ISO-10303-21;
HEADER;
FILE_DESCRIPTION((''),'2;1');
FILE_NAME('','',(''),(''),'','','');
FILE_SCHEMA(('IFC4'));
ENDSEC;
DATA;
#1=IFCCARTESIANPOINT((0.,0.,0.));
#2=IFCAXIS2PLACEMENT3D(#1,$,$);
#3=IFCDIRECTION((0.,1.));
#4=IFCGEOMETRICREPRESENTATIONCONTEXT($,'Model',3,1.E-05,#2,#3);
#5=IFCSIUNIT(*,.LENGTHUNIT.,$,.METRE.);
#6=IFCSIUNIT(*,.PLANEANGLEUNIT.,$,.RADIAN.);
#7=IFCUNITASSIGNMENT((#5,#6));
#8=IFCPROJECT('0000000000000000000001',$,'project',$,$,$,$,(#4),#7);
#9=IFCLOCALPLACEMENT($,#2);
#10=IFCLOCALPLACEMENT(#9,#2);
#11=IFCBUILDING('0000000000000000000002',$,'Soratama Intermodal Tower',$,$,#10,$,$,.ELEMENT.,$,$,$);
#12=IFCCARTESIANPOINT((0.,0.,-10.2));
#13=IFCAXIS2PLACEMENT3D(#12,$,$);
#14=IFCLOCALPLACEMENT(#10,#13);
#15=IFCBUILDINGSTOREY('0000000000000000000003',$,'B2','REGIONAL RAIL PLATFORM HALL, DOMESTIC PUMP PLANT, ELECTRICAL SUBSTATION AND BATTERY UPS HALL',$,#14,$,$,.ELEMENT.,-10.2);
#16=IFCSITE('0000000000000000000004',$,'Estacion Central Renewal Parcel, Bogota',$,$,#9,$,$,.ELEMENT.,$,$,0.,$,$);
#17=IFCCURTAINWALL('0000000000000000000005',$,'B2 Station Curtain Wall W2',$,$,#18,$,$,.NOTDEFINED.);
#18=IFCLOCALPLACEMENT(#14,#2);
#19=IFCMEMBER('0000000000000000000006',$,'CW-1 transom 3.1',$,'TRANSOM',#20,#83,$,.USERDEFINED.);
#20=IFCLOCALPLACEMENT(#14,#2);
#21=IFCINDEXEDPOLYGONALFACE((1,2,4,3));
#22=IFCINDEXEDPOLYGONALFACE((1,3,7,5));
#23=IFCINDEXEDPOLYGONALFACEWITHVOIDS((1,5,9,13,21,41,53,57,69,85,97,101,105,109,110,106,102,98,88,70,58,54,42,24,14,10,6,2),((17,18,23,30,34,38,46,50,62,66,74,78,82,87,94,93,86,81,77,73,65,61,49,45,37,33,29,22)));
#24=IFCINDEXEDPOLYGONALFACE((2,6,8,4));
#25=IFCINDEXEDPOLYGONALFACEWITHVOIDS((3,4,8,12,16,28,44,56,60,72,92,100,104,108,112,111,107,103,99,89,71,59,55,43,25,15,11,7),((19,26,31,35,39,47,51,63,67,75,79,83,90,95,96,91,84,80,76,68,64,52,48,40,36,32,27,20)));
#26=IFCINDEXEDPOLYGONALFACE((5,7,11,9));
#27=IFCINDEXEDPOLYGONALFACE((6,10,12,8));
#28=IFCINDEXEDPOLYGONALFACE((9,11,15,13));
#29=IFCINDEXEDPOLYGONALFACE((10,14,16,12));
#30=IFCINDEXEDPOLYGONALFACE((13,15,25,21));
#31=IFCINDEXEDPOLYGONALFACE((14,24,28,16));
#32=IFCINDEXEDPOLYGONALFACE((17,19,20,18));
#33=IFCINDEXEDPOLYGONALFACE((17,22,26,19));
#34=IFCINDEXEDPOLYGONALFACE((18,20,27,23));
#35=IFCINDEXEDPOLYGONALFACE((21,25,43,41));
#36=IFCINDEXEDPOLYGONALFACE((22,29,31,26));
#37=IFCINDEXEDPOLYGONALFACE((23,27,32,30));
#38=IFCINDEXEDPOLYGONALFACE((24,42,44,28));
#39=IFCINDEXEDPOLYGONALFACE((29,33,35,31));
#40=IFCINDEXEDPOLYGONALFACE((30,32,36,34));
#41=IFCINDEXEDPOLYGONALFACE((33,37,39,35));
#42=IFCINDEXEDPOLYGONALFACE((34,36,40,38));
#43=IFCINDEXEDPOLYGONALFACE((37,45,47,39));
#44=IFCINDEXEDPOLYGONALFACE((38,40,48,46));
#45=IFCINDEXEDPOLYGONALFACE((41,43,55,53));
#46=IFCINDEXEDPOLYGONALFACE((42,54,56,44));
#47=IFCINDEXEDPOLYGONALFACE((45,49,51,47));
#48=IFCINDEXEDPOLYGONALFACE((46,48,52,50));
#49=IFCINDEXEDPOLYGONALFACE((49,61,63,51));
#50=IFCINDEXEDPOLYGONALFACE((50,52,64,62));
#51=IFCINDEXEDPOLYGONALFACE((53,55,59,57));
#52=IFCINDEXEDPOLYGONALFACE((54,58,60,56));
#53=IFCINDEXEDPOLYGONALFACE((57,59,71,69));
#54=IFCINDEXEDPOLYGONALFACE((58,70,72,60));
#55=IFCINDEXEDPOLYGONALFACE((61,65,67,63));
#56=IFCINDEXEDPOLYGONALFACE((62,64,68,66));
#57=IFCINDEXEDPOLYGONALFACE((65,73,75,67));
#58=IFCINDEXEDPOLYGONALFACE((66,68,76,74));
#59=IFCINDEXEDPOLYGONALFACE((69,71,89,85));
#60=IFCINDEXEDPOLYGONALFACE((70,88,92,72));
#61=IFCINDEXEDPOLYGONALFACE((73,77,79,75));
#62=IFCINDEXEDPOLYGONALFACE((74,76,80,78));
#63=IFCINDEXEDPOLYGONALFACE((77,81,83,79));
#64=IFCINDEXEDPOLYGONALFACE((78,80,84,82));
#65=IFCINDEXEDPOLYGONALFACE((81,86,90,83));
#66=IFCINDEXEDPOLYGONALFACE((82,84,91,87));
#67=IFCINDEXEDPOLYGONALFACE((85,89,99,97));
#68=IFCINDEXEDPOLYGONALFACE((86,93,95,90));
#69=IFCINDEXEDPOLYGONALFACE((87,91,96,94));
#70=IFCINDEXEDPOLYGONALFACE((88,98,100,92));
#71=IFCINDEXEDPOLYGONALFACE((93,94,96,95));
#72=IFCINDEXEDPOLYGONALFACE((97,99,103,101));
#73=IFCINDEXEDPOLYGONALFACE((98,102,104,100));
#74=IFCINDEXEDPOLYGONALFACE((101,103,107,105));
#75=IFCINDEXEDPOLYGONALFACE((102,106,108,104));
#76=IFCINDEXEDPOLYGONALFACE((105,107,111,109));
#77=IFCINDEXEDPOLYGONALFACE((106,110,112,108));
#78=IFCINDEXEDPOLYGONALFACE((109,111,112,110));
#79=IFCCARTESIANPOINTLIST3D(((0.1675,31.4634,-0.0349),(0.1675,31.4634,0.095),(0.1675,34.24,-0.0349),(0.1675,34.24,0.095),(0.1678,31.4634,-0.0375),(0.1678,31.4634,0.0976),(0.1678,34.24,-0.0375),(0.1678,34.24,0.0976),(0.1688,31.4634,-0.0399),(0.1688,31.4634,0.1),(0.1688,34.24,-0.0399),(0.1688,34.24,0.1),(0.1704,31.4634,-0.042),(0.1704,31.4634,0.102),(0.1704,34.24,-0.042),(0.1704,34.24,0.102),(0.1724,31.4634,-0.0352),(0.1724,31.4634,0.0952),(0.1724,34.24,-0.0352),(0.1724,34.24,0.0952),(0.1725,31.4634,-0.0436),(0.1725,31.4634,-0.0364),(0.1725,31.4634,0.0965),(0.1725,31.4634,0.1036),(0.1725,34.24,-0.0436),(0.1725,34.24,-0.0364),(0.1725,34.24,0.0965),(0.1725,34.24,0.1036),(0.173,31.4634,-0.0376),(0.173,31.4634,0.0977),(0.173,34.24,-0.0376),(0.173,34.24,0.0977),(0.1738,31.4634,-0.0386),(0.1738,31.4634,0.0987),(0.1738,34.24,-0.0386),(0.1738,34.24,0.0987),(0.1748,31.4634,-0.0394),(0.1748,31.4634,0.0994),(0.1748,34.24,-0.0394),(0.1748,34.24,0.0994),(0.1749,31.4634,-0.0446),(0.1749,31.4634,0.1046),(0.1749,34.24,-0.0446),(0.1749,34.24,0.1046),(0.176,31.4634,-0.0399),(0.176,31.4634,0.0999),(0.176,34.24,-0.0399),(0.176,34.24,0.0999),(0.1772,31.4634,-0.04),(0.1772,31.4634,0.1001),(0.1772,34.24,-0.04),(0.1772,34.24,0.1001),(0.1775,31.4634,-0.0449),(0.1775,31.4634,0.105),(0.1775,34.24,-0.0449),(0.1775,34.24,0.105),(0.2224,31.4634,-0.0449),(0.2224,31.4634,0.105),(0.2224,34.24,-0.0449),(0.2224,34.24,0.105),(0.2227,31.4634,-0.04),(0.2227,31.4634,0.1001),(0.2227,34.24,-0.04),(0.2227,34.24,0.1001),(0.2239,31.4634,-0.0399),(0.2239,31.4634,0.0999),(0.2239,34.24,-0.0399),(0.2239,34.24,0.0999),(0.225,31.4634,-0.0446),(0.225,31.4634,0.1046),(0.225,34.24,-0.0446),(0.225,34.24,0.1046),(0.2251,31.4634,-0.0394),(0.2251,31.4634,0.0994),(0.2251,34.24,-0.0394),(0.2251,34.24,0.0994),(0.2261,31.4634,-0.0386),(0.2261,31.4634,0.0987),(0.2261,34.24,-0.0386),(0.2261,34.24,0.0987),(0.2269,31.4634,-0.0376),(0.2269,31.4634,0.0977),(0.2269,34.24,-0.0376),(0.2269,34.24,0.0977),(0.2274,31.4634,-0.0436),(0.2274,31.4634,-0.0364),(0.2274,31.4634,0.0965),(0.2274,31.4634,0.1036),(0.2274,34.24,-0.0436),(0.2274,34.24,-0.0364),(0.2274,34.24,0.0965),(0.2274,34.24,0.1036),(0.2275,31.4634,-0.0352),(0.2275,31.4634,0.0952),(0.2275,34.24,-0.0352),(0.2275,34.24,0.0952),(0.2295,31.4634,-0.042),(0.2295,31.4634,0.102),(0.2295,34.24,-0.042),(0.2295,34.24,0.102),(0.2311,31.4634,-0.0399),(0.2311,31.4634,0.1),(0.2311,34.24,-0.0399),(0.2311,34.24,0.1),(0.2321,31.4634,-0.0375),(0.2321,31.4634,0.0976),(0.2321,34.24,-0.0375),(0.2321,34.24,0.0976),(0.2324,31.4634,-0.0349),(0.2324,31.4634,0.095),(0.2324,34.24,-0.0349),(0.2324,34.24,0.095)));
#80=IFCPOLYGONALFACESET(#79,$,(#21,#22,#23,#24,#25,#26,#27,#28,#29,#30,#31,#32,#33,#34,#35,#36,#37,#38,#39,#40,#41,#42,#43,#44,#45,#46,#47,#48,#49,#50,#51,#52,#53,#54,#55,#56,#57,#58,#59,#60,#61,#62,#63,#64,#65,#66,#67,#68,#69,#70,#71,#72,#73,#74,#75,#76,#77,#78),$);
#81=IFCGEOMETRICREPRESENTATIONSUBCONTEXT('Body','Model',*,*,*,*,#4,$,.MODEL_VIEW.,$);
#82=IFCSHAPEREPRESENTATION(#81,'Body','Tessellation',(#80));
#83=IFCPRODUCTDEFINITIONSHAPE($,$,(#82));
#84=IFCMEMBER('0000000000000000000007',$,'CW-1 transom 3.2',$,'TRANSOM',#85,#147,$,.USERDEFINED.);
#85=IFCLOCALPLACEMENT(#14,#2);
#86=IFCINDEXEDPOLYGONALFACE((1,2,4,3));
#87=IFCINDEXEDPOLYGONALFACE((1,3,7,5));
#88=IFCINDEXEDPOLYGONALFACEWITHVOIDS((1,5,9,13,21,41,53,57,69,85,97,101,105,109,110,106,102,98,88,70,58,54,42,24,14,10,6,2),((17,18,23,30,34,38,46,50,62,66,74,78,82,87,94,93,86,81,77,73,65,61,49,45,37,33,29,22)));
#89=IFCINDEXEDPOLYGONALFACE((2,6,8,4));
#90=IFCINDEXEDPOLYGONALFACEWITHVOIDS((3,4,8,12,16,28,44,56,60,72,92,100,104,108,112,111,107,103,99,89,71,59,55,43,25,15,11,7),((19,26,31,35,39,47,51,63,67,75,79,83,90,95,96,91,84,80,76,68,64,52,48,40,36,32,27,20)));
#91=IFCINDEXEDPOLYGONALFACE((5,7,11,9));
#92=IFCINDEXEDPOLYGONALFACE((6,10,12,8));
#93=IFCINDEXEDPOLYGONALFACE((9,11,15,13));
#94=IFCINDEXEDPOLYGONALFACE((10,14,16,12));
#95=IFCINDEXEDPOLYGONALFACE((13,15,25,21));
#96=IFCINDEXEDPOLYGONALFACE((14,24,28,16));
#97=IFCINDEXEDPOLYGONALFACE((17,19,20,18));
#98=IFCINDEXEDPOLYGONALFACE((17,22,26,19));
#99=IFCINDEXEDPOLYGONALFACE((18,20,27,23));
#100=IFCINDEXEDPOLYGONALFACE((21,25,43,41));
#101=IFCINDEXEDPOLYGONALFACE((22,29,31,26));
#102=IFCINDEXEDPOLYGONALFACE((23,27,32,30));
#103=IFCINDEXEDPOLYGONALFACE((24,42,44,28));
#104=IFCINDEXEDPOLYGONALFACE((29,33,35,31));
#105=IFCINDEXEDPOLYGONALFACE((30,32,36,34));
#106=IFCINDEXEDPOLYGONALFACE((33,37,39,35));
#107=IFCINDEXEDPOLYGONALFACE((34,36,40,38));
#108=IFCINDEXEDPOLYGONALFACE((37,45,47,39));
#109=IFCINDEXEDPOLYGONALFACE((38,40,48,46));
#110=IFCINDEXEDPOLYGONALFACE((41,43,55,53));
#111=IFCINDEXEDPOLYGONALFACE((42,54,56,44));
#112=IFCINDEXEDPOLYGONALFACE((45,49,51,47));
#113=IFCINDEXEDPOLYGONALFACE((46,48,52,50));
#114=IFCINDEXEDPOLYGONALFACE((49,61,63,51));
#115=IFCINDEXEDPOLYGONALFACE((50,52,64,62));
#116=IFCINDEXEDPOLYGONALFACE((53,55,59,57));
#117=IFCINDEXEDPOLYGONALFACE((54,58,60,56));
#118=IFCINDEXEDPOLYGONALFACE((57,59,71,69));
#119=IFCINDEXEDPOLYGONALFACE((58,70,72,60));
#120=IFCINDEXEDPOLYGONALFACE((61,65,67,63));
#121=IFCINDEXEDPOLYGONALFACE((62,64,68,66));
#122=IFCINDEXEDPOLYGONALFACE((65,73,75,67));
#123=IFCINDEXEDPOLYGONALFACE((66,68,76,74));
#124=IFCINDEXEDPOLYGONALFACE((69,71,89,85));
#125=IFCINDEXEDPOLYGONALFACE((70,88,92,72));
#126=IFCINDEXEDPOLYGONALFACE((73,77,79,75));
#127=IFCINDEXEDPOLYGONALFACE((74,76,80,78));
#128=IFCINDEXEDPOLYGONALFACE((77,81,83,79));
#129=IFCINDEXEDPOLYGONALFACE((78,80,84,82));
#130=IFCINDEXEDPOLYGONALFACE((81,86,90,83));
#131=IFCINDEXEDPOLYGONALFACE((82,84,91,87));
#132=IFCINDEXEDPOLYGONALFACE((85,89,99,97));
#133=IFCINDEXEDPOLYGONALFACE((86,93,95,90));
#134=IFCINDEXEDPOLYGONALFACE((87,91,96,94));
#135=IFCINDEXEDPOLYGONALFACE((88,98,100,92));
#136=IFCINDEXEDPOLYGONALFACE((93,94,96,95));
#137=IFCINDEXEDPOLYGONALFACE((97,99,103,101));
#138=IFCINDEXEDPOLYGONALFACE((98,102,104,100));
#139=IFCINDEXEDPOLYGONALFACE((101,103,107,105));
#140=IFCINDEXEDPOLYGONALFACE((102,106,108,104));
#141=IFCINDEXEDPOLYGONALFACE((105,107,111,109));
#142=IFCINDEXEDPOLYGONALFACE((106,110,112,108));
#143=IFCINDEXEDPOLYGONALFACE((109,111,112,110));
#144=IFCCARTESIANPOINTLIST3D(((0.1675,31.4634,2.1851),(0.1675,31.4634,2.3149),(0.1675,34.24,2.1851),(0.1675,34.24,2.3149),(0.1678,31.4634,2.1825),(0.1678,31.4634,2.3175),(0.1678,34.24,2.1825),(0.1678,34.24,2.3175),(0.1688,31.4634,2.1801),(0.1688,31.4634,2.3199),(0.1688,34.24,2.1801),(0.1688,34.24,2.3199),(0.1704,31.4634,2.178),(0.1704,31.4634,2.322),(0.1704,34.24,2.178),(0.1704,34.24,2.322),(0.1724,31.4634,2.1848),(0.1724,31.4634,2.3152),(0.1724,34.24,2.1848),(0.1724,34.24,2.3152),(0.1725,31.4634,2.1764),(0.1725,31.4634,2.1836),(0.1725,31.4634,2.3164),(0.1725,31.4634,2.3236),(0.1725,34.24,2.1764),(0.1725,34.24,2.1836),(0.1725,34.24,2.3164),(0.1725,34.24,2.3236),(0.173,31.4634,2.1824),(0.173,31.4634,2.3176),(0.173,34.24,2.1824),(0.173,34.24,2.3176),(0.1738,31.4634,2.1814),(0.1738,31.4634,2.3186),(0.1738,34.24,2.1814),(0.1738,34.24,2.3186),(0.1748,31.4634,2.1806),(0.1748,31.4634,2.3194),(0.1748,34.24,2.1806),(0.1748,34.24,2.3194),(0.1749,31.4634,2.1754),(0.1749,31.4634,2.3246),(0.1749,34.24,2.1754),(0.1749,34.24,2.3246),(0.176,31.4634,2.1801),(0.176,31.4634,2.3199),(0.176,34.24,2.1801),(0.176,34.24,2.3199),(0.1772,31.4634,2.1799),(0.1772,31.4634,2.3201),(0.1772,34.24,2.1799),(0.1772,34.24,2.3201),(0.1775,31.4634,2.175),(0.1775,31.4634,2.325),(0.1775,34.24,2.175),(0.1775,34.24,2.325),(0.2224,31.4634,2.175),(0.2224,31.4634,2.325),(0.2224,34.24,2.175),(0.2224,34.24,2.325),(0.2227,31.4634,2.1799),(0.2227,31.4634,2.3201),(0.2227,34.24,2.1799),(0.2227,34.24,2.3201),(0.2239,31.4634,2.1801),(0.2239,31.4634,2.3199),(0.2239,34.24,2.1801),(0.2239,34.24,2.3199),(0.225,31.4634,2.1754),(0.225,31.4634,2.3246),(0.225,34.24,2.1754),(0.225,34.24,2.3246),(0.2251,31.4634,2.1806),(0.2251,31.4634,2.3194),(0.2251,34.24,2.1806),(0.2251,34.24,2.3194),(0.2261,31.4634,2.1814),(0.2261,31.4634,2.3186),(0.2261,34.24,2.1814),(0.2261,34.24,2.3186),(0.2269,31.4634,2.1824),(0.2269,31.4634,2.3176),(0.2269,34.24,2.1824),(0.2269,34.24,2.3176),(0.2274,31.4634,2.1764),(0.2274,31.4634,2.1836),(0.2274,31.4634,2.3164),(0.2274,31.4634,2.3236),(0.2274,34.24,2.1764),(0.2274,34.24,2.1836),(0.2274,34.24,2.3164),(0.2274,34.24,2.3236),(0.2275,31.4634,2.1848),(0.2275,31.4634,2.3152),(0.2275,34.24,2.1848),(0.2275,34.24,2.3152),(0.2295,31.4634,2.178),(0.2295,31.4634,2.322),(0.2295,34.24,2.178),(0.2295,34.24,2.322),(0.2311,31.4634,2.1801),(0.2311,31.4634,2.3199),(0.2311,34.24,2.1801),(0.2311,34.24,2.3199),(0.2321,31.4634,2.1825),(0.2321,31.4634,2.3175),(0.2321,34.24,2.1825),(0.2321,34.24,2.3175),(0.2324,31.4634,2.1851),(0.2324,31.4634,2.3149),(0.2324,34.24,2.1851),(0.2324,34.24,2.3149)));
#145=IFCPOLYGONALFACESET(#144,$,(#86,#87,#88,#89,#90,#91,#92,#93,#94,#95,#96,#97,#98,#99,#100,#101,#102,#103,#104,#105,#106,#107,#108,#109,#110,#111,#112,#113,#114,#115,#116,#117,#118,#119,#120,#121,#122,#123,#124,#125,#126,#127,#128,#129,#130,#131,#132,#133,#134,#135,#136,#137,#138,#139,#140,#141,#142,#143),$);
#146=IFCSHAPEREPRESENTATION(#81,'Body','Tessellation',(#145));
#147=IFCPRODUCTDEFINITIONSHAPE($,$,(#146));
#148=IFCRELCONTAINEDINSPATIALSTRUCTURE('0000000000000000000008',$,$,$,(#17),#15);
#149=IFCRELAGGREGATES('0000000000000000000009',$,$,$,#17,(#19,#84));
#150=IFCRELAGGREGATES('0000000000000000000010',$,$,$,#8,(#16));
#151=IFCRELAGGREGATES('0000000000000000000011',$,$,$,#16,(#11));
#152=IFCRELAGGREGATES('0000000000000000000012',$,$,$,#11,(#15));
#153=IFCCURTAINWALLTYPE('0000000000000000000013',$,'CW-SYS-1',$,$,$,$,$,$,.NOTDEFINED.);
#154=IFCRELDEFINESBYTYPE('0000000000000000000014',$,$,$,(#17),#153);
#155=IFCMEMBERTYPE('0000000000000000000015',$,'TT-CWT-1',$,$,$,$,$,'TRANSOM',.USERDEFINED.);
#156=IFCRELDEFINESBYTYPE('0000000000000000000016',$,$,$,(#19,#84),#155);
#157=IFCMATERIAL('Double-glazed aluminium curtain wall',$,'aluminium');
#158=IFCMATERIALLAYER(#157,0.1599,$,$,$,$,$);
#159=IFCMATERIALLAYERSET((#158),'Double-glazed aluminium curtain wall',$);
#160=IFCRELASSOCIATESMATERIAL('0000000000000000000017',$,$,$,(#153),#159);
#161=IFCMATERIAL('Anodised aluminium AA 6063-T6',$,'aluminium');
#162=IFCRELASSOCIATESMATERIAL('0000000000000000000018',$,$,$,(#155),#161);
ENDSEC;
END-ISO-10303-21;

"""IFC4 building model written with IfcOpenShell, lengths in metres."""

from ifc_helpers import new_model, si_unit, direction, frame, origin, origin_2d, place, context, subcontext, project, spatial, hollow_rectangle, extrude, material, layer, layer_set, material_profile, profile_set, type_object, element, aggregate, save


model = new_model("IFC4")

# Units and contexts
model_context = context("Model", 3, precision=1e-05, world=origin(), true_north=direction((0.0, 1.0)))
body_context = subcontext(model_context, "Body", "Model", "MODEL_VIEW")
ifc_project = project(units=[si_unit("LENGTHUNIT", "METRE"), si_unit("PLANEANGLEUNIT", "RADIAN")], contexts=[model_context])

# Site, building, storey
site_placement = place(None, origin())
site = spatial("IfcSite", under=ifc_project, at=site_placement, Name="Estacion Central Renewal Parcel, Bogota", CompositionType="ELEMENT", RefElevation=0.0)
building_placement = place(site_placement, origin())
building = spatial("IfcBuilding", under=site, at=building_placement, Name="Soratama Intermodal Tower", CompositionType="ELEMENT")
storey_placement = place(building_placement, frame((0.0, 0.0, -10.2)))
storey = spatial("IfcBuildingStorey", under=building, at=storey_placement, Name="B2", Description="REGIONAL RAIL PLATFORM HALL, DOMESTIC PUMP PLANT, ELECTRICAL SUBSTATION AND BATTERY UPS HALL", CompositionType="ELEMENT", Elevation=-10.2)

# Curtain wall, members
ifc_material_1 = material(Name="Double-glazed aluminium curtain wall", Category="aluminium")
ifc_layer_1 = layer(ifc_material_1, 0.1599)
ifc_layer_set_1 = layer_set([ifc_layer_1], Name="Double-glazed aluminium curtain wall")
curtain_wall_type = type_object("IfcCurtainWallType", Name="CW-SYS-1", PredefinedType="NOTDEFINED", material=ifc_layer_set_1)
curtain_wall_placement = place(storey_placement, origin())
curtain_wall = element("IfcCurtainWall", 1, at=curtain_wall_placement, inside=storey, type_object=curtain_wall_type, Name="B2 Station Curtain Wall W2", PredefinedType="NOTDEFINED")
ifc_material_2 = material(Name="Anodised aluminium AA 6063-T6", Category="aluminium")
ifc_material_profile_1 = material_profile(ifc_material_2, hollow_rectangle(XDim=0.0649, YDim=0.1499, WallThickness=0.0049, InnerFilletRadius=0.0049, OuterFilletRadius=0.01, at=origin_2d()), Name="CWT150X65X5")
ifc_profile_set_1 = profile_set([ifc_material_profile_1], Name="Anodised aluminium AA 6063-T6")
member_type_1 = type_object("IfcMemberType", Name="TT-CWT-1", ElementType="TRANSOM", PredefinedType="USERDEFINED", material=ifc_profile_set_1)
member_1_placement = place(storey_placement, frame((0.2, 31.4634, 0.03), z_axis=(0.0, 1.0, 0.0), x_axis=(-1.0, 0.0, 0.0)))
member_1 = element("IfcMember", 2, at=member_1_placement, type_object=member_type_1, Name="CW-1 transom 3.1", ObjectType="TRANSOM", PredefinedType="USERDEFINED", context=body_context, shape_type="SweptSolid", body=[
    extrude(hollow_rectangle(XDim=0.0649, YDim=0.1499, WallThickness=0.0049, InnerFilletRadius=0.0049, OuterFilletRadius=0.01, at=origin_2d()), origin(), (0.0, 0.0, 1.0), 2.7766),
])
member_2_placement = place(storey_placement, frame((0.2, 31.4634, 2.25), z_axis=(0.0, 1.0, 0.0), x_axis=(-1.0, 0.0, 0.0)))
member_2 = element("IfcMember", 3, at=member_2_placement, type_object=member_type_1, Name="CW-1 transom 3.2", ObjectType="TRANSOM", PredefinedType="USERDEFINED", context=body_context, shape_type="SweptSolid", body=[
    extrude(hollow_rectangle(XDim=0.0649, YDim=0.1499, WallThickness=0.0049, InnerFilletRadius=0.0049, OuterFilletRadius=0.01, at=origin_2d()), origin(), (0.0, 0.0, 1.0), 2.7766),
])
aggregate(curtain_wall, [member_1, member_2])

save(model, "model.ifc")
